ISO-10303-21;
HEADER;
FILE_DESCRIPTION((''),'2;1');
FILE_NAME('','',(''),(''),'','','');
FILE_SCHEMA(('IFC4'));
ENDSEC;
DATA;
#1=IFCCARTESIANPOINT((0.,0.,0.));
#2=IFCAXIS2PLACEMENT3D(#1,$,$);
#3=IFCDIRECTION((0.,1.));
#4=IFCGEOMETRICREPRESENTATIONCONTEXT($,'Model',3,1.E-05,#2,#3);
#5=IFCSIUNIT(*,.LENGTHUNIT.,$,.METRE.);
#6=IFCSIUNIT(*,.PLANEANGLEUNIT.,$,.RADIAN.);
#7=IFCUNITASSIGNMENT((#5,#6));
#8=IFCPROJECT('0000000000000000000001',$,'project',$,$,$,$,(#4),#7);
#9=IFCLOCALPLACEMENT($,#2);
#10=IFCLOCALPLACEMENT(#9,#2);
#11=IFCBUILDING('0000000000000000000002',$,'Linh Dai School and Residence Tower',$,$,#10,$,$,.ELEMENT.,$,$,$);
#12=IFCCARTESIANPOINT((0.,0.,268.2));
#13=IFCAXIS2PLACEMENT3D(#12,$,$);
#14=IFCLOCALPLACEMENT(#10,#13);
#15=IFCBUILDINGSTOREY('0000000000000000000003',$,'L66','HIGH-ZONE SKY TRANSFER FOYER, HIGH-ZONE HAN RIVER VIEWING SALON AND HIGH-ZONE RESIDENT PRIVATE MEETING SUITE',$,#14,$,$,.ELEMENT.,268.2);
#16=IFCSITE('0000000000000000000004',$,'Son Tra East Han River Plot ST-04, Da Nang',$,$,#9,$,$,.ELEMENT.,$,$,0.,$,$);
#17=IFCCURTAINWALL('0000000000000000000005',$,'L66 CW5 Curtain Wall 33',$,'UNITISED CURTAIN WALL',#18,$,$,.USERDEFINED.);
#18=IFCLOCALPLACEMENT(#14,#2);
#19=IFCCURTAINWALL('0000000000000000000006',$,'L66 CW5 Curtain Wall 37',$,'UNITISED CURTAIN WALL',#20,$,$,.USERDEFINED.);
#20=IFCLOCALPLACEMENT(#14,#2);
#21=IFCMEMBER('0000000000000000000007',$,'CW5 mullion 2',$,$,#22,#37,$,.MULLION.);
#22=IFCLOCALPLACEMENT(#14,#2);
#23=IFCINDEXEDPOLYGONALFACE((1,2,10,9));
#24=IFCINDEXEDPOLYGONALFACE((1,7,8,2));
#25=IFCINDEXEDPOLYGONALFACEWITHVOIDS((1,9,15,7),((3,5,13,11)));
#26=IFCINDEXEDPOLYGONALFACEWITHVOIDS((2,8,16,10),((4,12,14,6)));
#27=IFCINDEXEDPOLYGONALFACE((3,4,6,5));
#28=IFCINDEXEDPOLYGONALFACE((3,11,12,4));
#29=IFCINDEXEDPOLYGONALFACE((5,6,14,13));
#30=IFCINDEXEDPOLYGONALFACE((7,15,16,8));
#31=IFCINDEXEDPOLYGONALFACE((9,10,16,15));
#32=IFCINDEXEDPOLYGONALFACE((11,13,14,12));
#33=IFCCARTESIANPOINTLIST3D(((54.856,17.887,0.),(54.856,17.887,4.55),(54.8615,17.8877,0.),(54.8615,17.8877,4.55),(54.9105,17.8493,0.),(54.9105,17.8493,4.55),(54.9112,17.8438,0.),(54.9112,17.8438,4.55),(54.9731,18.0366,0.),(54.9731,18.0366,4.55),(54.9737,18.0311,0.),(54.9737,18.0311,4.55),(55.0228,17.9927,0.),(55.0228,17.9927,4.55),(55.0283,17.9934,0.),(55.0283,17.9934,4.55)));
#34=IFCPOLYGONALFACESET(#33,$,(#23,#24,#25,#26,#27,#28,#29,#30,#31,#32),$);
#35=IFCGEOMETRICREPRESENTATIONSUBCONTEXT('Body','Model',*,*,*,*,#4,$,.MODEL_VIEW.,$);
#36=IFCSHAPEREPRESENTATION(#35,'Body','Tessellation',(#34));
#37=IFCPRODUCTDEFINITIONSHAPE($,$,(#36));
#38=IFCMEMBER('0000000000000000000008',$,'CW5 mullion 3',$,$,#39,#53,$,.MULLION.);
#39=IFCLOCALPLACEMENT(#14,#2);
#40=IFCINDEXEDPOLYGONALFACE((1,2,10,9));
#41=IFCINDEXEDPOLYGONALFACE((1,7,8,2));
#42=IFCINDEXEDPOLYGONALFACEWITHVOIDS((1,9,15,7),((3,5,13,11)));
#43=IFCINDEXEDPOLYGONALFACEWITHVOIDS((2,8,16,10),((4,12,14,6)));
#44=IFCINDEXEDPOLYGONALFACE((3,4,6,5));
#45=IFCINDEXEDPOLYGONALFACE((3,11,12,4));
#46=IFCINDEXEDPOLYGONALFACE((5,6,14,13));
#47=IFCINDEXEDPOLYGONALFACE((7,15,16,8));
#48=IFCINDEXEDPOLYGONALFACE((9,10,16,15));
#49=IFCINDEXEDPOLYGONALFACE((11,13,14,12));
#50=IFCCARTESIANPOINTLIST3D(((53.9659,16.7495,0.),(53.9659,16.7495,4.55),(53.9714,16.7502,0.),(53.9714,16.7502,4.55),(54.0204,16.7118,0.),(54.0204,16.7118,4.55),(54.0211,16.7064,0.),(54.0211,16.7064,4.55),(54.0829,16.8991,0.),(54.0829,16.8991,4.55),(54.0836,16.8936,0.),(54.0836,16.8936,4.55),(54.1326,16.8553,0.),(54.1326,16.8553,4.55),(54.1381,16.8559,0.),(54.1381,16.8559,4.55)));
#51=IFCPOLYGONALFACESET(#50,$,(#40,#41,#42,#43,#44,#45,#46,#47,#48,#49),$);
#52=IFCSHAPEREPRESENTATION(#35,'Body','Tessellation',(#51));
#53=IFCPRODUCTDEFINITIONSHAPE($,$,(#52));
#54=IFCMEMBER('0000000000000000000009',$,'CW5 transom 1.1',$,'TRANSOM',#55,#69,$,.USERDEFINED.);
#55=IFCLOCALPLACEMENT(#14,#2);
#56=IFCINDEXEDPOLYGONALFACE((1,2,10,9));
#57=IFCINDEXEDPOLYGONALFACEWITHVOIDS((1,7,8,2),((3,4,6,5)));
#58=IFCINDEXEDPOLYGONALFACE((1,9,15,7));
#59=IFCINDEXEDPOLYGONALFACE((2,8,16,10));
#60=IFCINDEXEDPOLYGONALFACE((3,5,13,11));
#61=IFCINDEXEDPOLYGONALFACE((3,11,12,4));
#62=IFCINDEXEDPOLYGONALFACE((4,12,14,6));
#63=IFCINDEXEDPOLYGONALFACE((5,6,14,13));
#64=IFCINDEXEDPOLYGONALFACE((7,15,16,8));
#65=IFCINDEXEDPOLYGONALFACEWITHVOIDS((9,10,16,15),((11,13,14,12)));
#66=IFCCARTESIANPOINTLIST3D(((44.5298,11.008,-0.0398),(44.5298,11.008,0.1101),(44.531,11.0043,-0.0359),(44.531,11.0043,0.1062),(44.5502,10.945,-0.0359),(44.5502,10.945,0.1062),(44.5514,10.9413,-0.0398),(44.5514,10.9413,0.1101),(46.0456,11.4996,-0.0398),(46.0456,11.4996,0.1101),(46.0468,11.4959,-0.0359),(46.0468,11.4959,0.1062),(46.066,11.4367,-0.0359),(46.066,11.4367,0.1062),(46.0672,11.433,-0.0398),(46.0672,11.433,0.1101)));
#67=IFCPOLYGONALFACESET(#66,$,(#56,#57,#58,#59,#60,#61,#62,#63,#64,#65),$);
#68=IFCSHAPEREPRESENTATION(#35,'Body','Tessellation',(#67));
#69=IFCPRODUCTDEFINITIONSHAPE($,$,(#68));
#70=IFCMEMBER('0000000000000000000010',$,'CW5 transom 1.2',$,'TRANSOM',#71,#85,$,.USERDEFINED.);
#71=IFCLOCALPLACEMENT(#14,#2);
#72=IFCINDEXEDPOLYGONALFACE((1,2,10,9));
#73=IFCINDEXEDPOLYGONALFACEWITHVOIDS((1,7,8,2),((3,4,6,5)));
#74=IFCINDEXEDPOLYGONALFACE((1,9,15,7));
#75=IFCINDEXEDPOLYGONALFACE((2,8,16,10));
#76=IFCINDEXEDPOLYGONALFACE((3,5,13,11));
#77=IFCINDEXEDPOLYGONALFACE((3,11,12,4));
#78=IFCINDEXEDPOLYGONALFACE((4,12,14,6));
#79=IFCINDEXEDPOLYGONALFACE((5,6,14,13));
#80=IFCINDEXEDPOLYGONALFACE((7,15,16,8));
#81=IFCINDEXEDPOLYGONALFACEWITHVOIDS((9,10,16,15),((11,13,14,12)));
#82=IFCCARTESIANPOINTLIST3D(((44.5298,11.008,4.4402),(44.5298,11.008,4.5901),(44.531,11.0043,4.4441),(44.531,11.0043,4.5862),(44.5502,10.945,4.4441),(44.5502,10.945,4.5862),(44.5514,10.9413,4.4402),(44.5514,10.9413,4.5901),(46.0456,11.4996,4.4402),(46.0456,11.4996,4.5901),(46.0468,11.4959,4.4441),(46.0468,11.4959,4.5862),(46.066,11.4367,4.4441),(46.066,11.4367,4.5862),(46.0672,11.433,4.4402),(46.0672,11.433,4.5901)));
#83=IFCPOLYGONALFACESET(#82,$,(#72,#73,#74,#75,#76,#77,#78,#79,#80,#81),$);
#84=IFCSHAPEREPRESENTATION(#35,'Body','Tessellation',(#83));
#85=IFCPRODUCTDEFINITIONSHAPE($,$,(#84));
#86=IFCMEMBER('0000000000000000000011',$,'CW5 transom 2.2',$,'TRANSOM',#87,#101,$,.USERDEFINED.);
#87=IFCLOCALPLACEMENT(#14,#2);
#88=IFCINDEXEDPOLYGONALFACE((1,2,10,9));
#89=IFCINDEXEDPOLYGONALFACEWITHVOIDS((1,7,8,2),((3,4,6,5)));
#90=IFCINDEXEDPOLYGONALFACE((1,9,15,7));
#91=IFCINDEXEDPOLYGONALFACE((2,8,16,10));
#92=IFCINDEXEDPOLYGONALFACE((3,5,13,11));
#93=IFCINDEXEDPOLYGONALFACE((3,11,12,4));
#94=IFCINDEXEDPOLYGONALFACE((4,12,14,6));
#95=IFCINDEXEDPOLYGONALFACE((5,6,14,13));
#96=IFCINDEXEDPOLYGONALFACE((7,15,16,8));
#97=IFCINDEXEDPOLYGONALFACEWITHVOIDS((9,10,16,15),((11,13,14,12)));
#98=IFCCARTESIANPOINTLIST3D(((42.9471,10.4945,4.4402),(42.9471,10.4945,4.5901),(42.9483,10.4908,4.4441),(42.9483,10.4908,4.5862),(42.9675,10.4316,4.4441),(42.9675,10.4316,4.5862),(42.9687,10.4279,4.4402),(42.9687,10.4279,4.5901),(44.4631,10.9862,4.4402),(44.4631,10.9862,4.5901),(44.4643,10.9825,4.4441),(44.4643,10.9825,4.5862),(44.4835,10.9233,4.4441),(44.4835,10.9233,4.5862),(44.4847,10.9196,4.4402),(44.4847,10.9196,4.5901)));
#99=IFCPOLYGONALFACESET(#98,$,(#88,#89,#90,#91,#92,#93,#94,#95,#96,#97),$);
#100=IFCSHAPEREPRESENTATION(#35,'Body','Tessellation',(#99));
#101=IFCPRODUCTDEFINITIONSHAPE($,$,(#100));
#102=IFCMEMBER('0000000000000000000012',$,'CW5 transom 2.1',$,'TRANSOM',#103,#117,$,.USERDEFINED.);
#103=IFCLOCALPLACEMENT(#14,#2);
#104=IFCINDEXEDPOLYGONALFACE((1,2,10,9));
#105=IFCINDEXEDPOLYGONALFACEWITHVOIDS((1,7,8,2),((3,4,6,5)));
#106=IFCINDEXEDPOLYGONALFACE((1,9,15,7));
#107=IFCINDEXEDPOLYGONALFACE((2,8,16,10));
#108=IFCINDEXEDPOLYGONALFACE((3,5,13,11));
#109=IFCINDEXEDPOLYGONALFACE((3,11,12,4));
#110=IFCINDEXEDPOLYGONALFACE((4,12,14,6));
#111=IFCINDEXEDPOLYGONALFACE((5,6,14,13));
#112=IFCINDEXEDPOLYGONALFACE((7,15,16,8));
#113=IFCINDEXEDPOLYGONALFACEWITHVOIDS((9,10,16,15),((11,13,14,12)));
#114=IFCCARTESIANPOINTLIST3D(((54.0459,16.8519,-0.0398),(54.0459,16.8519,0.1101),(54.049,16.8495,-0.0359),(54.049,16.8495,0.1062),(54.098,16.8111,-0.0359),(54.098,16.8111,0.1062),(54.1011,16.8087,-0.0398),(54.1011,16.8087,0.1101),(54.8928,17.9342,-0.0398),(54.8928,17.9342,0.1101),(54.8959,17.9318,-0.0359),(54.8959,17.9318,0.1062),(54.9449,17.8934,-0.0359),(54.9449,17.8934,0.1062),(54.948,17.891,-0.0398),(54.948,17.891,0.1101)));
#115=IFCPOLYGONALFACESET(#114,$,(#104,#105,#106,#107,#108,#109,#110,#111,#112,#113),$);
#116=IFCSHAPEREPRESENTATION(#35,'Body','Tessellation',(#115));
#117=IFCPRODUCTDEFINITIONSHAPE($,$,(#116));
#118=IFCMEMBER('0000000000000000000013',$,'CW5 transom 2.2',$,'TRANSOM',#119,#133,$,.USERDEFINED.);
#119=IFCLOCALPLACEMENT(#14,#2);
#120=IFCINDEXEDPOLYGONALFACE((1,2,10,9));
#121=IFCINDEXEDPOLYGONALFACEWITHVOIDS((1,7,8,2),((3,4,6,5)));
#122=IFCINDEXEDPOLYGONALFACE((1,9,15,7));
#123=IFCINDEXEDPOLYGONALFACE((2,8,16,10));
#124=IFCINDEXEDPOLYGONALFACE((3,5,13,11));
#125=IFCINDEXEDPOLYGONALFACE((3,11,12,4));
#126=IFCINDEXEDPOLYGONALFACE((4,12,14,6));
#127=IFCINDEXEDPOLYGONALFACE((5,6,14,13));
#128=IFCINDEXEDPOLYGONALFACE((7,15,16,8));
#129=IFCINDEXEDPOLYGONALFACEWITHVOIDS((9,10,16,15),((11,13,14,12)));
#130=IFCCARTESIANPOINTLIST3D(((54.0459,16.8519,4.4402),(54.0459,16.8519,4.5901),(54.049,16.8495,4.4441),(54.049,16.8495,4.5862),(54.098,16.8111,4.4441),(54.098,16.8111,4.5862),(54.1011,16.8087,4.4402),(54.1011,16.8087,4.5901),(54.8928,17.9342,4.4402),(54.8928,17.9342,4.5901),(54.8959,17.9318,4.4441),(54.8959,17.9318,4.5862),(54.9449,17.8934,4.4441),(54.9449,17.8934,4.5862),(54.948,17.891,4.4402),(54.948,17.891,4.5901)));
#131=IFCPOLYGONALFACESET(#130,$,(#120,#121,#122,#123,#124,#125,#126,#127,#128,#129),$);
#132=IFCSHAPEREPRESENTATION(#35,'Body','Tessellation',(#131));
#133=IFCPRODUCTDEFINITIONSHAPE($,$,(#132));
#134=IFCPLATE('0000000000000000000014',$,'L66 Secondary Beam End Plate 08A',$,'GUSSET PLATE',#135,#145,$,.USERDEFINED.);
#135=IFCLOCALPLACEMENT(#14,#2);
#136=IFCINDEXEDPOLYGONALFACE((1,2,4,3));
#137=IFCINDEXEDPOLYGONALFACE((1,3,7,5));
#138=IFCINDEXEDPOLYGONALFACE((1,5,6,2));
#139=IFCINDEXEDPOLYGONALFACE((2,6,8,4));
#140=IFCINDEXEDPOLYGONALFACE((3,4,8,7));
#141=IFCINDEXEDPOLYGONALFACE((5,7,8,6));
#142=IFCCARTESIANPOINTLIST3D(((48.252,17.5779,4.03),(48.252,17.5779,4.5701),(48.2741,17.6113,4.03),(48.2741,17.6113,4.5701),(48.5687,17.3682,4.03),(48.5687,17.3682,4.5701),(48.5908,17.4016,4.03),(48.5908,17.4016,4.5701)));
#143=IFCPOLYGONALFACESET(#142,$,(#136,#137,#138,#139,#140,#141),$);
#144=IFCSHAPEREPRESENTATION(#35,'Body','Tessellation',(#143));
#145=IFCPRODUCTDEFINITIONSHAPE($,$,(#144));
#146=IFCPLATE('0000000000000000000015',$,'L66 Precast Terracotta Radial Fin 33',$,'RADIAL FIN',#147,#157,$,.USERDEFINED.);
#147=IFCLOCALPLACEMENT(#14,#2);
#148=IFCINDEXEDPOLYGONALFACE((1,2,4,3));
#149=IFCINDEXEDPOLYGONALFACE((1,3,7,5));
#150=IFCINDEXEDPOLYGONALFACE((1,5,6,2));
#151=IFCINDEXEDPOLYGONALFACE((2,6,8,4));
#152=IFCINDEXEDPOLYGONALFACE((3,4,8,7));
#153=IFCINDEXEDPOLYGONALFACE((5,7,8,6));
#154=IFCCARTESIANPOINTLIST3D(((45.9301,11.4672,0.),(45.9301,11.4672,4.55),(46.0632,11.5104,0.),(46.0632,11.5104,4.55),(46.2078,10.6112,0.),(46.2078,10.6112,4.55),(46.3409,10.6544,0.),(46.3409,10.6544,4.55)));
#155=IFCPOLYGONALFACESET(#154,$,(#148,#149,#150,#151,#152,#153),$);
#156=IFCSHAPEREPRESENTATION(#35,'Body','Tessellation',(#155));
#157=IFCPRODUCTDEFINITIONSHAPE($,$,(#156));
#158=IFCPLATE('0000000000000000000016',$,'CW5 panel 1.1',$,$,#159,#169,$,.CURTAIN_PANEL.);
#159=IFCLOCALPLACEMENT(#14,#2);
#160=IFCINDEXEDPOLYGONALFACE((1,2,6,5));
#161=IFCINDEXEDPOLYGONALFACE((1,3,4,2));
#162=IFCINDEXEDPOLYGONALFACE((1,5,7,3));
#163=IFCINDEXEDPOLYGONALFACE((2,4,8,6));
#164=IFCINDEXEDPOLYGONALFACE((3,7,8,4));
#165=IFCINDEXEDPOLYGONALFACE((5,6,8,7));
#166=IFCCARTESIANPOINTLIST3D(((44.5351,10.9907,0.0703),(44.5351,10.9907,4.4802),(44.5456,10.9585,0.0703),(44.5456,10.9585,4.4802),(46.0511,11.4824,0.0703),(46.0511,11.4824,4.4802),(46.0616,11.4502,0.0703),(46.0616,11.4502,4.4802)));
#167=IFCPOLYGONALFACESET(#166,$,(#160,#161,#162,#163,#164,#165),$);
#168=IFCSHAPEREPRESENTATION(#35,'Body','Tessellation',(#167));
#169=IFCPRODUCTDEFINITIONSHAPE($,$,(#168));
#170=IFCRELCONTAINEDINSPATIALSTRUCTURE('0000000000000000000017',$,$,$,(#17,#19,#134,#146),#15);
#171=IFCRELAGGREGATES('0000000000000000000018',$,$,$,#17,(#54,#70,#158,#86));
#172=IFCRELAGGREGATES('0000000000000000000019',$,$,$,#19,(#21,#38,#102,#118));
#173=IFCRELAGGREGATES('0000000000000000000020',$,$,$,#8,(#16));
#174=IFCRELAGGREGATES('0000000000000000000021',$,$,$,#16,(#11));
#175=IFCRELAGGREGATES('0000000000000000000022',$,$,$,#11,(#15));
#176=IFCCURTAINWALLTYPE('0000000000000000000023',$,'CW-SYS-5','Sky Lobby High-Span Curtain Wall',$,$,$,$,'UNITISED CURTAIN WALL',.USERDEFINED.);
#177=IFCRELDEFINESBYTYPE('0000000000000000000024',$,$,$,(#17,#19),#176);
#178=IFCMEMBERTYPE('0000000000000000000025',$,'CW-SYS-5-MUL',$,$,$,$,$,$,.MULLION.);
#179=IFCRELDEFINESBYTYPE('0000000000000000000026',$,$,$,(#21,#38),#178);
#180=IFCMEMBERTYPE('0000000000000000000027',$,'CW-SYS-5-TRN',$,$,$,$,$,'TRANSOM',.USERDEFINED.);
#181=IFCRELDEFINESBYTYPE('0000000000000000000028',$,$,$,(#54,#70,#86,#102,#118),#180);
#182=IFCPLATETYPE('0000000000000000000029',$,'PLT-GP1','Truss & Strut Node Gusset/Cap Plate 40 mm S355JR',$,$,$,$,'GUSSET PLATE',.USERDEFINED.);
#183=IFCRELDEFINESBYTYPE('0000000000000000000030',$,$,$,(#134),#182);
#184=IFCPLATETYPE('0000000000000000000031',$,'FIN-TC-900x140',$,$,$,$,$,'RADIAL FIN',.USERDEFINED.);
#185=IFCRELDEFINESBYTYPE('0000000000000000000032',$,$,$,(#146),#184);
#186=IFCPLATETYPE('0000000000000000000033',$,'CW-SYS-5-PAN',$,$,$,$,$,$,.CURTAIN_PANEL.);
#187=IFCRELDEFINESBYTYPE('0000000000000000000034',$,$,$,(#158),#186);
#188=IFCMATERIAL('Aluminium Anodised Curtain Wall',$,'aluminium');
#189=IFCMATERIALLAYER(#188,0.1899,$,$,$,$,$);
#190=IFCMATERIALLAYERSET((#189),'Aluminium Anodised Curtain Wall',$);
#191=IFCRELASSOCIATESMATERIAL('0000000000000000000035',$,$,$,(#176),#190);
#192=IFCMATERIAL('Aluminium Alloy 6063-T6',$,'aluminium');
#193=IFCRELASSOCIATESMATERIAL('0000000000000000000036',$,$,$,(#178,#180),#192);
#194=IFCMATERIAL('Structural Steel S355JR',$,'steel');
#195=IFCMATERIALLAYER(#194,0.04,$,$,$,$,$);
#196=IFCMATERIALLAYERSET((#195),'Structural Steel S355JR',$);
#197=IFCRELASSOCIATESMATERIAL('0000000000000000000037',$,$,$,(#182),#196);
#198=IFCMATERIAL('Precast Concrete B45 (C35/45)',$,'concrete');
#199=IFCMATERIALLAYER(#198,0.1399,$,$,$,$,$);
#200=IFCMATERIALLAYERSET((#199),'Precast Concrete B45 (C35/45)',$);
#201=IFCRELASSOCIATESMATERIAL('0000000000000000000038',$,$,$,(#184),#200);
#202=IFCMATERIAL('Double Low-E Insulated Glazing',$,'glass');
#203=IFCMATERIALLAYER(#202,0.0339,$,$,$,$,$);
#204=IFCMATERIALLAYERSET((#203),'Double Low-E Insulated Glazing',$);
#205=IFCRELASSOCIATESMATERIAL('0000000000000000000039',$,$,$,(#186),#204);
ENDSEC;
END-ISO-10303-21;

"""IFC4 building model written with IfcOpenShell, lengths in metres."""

from ifc_helpers import new_model, si_unit, direction, frame, origin, origin_2d, place, context, subcontext, project, spatial, rectangle, hollow_rectangle, extrude, source, transform, mapped, material, layer, layer_set, material_profile, profile_set, type_object, element, aggregate, save


model = new_model("IFC4")

# Units and contexts
model_context = context("Model", 3, precision=1e-05, world=origin(), true_north=direction((0.0, 1.0)))
body_context = subcontext(model_context, "Body", "Model", "MODEL_VIEW")
ifc_project = project(units=[si_unit("LENGTHUNIT", "METRE"), si_unit("PLANEANGLEUNIT", "RADIAN")], contexts=[model_context])

# Site, building, storey
site_placement = place(None, origin())
site = spatial("IfcSite", under=ifc_project, at=site_placement, Name="Son Tra East Han River Plot ST-04, Da Nang", CompositionType="ELEMENT", RefElevation=0.0)
building_placement = place(site_placement, origin())
building = spatial("IfcBuilding", under=site, at=building_placement, Name="Linh Dai School and Residence Tower", CompositionType="ELEMENT")
storey_placement = place(building_placement, frame((0.0, 0.0, 268.2)))
storey = spatial("IfcBuildingStorey", under=building, at=storey_placement, Name="L66", Description="HIGH-ZONE SKY TRANSFER FOYER, HIGH-ZONE HAN RIVER VIEWING SALON AND HIGH-ZONE RESIDENT PRIVATE MEETING SUITE", CompositionType="ELEMENT", Elevation=268.2)

# Shared definitions
ifc_material_1 = material(Name="Structural Steel S355JR", Category="steel")

# Curtain walls, members
ifc_material_2 = material(Name="Aluminium Anodised Curtain Wall", Category="aluminium")
ifc_layer_1 = layer(ifc_material_2, 0.1899)
ifc_layer_set_1 = layer_set([ifc_layer_1], Name="Aluminium Anodised Curtain Wall")
curtain_wall_type = type_object("IfcCurtainWallType", Name="CW-SYS-5", Description="Sky Lobby High-Span Curtain Wall", ElementType="UNITISED CURTAIN WALL", PredefinedType="USERDEFINED", material=ifc_layer_set_1)
curtain_wall_1_placement = place(storey_placement, origin())
curtain_wall_1 = element("IfcCurtainWall", 1, at=curtain_wall_1_placement, inside=storey, type_object=curtain_wall_type, Name="L66 CW5 Curtain Wall 33", ObjectType="UNITISED CURTAIN WALL", PredefinedType="USERDEFINED")
ifc_material_3 = material(Name="Aluminium Alloy 6063-T6", Category="aluminium")
ifc_material_profile_1 = material_profile(ifc_material_3, hollow_rectangle(XDim=0.0701, YDim=0.1899, WallThickness=0.0039, at=origin_2d()), Name="RHS 190x70x4")
ifc_profile_set_1 = profile_set([ifc_material_profile_1], Name="Aluminium Alloy 6063-T6")
member_type_1 = type_object("IfcMemberType", Name="CW-SYS-5-MUL", PredefinedType="MULLION", material=ifc_profile_set_1)
shared_shape_1 = source(origin(), body_context, "Body", "SweptSolid", [
    extrude(hollow_rectangle(XDim=0.0701, YDim=0.1899, WallThickness=0.0039, at=origin_2d()), origin(), (0.0, 0.0, 1.0), 4.55),
])
curtain_wall_2_placement = place(storey_placement, origin())
curtain_wall_2 = element("IfcCurtainWall", 2, at=curtain_wall_2_placement, inside=storey, type_object=curtain_wall_type, Name="L66 CW5 Curtain Wall 37", ObjectType="UNITISED CURTAIN WALL", PredefinedType="USERDEFINED")
member_1_placement = place(storey_placement, frame((54.9421, 17.9402, 0.0), z_axis=(0.0, 0.0, 1.0), x_axis=(0.787503, -0.616311, 0.0)))
member_1 = element("IfcMember", 3, at=member_1_placement, type_object=member_type_1, Name="CW5 mullion 2", PredefinedType="MULLION", context=body_context, shape_type="MappedRepresentation", body=[
    mapped(shared_shape_1, transform((0.0, 0.0, 0.0), x_axis=(1.0, 0.0, 0.0), y_axis=(0.0, 1.0, 0.0), z_axis=(0.0, 0.0, 1.0), scale=1.0)),
])
member_2_placement = place(storey_placement, frame((54.052, 16.8027, 0.0), z_axis=(0.0, 0.0, 1.0), x_axis=(0.787503, -0.616311, 0.0)))
member_2 = element("IfcMember", 4, at=member_2_placement, type_object=member_type_1, Name="CW5 mullion 3", PredefinedType="MULLION", context=body_context, shape_type="MappedRepresentation", body=[
    mapped(shared_shape_1, transform((0.0, 0.0, 0.0), x_axis=(1.0, 0.0, 0.0), y_axis=(0.0, 1.0, 0.0), z_axis=(0.0, 0.0, 1.0), scale=1.0)),
])

# Members
ifc_material_profile_2 = material_profile(ifc_material_3, hollow_rectangle(XDim=0.0701, YDim=0.1499, WallThickness=0.0039, at=origin_2d()), Name="RHS 150x70x4")
ifc_profile_set_2 = profile_set([ifc_material_profile_2], Name="Aluminium Alloy 6063-T6")
member_type_2 = type_object("IfcMemberType", Name="CW-SYS-5-TRN", ElementType="TRANSOM", PredefinedType="USERDEFINED", material=ifc_profile_set_2)
shared_shape_2 = source(origin(), body_context, "Body", "SweptSolid", [
    extrude(hollow_rectangle(XDim=0.0701, YDim=0.1499, WallThickness=0.0039, at=origin_2d()), origin(), (0.0, 0.0, 1.0), 1.5935),
])
member_3_placement = place(storey_placement, frame((46.0564, 11.4663, 0.0352), z_axis=(-0.951211, -0.308542, 0.0), x_axis=(0.308542, -0.951211, 0.0)))
member_3 = element("IfcMember", 5, at=member_3_placement, type_object=member_type_2, Name="CW5 transom 1.1", ObjectType="TRANSOM", PredefinedType="USERDEFINED", context=body_context, shape_type="MappedRepresentation", body=[
    mapped(shared_shape_2, transform((0.0, 0.0, 0.0), x_axis=(1.0, 0.0, 0.0), y_axis=(0.0, 1.0, 0.0), z_axis=(0.0, 0.0, 1.0), scale=1.0)),
])
member_4_placement = place(storey_placement, frame((46.0564, 11.4663, 4.5151), z_axis=(-0.951211, -0.308542, 0.0), x_axis=(0.308542, -0.951211, 0.0)))
member_4 = element("IfcMember", 6, at=member_4_placement, type_object=member_type_2, Name="CW5 transom 1.2", ObjectType="TRANSOM", PredefinedType="USERDEFINED", context=body_context, shape_type="MappedRepresentation", body=[
    mapped(shared_shape_2, transform((0.0, 0.0, 0.0), x_axis=(1.0, 0.0, 0.0), y_axis=(0.0, 1.0, 0.0), z_axis=(0.0, 0.0, 1.0), scale=1.0)),
])
shared_shape_3 = source(origin(), body_context, "Body", "SweptSolid", [
    extrude(hollow_rectangle(XDim=0.0701, YDim=0.1499, WallThickness=0.0039, at=origin_2d()), origin(), (0.0, 0.0, 1.0), 1.5938),
])
member_5_placement = place(storey_placement, frame((44.4739, 10.9529, 4.5151), z_axis=(-0.951225, -0.308497, 0.0), x_axis=(0.308497, -0.951225, 0.0)))
member_5 = element("IfcMember", 7, at=member_5_placement, type_object=member_type_2, Name="CW5 transom 2.2", ObjectType="TRANSOM", PredefinedType="USERDEFINED", context=body_context, shape_type="MappedRepresentation", body=[
    mapped(shared_shape_3, transform((0.0, 0.0, 0.0), x_axis=(1.0, 0.0, 0.0), y_axis=(0.0, 1.0, 0.0), z_axis=(0.0, 0.0, 1.0), scale=1.0)),
])
shared_shape_4 = source(origin(), body_context, "Body", "SweptSolid", [
    extrude(hollow_rectangle(XDim=0.0701, YDim=0.1499, WallThickness=0.0039, at=origin_2d()), origin(), (0.0, 0.0, 1.0), 1.3743),
])
member_6_placement = place(storey_placement, frame((54.9204, 17.9126, 0.0352), z_axis=(-0.616275, -0.787531, 0.0), x_axis=(0.787531, -0.616275, 0.0)))
member_6 = element("IfcMember", 8, at=member_6_placement, type_object=member_type_2, Name="CW5 transom 2.1", ObjectType="TRANSOM", PredefinedType="USERDEFINED", context=body_context, shape_type="MappedRepresentation", body=[
    mapped(shared_shape_4, transform((0.0, 0.0, 0.0), x_axis=(1.0, 0.0, 0.0), y_axis=(0.0, 1.0, 0.0), z_axis=(0.0, 0.0, 1.0), scale=1.0)),
])
member_7_placement = place(storey_placement, frame((54.9204, 17.9126, 4.5151), z_axis=(-0.616275, -0.787531, 0.0), x_axis=(0.787531, -0.616275, 0.0)))
member_7 = element("IfcMember", 9, at=member_7_placement, type_object=member_type_2, Name="CW5 transom 2.2", ObjectType="TRANSOM", PredefinedType="USERDEFINED", context=body_context, shape_type="MappedRepresentation", body=[
    mapped(shared_shape_4, transform((0.0, 0.0, 0.0), x_axis=(1.0, 0.0, 0.0), y_axis=(0.0, 1.0, 0.0), z_axis=(0.0, 0.0, 1.0), scale=1.0)),
])

# Plates
ifc_layer_2 = layer(ifc_material_1, 0.04)
ifc_layer_set_2 = layer_set([ifc_layer_2], Name="Structural Steel S355JR")
plate_type_1 = type_object("IfcPlateType", Name="PLT-GP1", Description="Truss & Strut Node Gusset/Cap Plate 40 mm S355JR", ElementType="GUSSET PLATE", PredefinedType="USERDEFINED", material=ifc_layer_set_2)
shared_shape_5 = source(origin(), body_context, "Body", "SweptSolid", [
    extrude(rectangle(XDim=0.04, YDim=0.3799, at=origin_2d()), origin(), (0.0, 0.0, 1.0), 0.54),
])
plate_1_placement = place(storey_placement, frame((48.4214, 17.4897, 4.03), z_axis=(0.0, 0.0, 1.0), x_axis=(0.552122, 0.833763, 0.0)))
element("IfcPlate", 10, at=plate_1_placement, inside=storey, type_object=plate_type_1, Name="L66 Secondary Beam End Plate 08A", ObjectType="GUSSET PLATE", PredefinedType="USERDEFINED", context=body_context, shape_type="MappedRepresentation", body=[
    mapped(shared_shape_5, transform((0.0, 0.0, 0.0), x_axis=(1.0, 0.0, 0.0), y_axis=(0.0, 1.0, 0.0), z_axis=(0.0, 0.0, 1.0), scale=1.0)),
])
ifc_material_4 = material(Name="Precast Concrete B45 (C35/45)", Category="concrete")
ifc_layer_3 = layer(ifc_material_4, 0.1399)
ifc_layer_set_3 = layer_set([ifc_layer_3], Name="Precast Concrete B45 (C35/45)")
plate_type_2 = type_object("IfcPlateType", Name="FIN-TC-900x140", ElementType="RADIAL FIN", PredefinedType="USERDEFINED", material=ifc_layer_set_3)
shared_shape_6 = source(origin(), body_context, "Body", "SweptSolid", [
    extrude(rectangle(XDim=0.8999, YDim=0.1399, at=origin_2d()), origin(), (0.0, 0.0, 1.0), 4.55),
])
plate_2_placement = place(storey_placement, frame((46.1355, 11.0608, 0.0), z_axis=(0.0, 0.0, 1.0), x_axis=(0.308519, -0.951218, 0.0)))
element("IfcPlate", 11, at=plate_2_placement, inside=storey, type_object=plate_type_2, Name="L66 Precast Terracotta Radial Fin 33", ObjectType="RADIAL FIN", PredefinedType="USERDEFINED", context=body_context, shape_type="MappedRepresentation", body=[
    mapped(shared_shape_6, transform((0.0, 0.0, 0.0), x_axis=(1.0, 0.0, 0.0), y_axis=(0.0, 1.0, 0.0), z_axis=(0.0, 0.0, 1.0), scale=1.0)),
])

# Plate
ifc_material_5 = material(Name="Double Low-E Insulated Glazing", Category="glass")
ifc_layer_4 = layer(ifc_material_5, 0.0339)
ifc_layer_set_4 = layer_set([ifc_layer_4], Name="Double Low-E Insulated Glazing")
plate_type_3 = type_object("IfcPlateType", Name="CW-SYS-5-PAN", PredefinedType="CURTAIN_PANEL", material=ifc_layer_set_4)
shared_shape_7 = source(origin(), body_context, "Body", "SweptSolid", [
    extrude(rectangle(XDim=1.5938, YDim=0.0339, at=origin_2d()), origin(), (0.0, 0.0, 1.0), 4.4099),
])
plate_3_placement = place(storey_placement, frame((45.2983, 11.2205, 0.0703), z_axis=(0.0, 0.0, 1.0), x_axis=(-0.951218, -0.308519, 0.0)))
plate_3 = element("IfcPlate", 12, at=plate_3_placement, type_object=plate_type_3, Name="CW5 panel 1.1", PredefinedType="CURTAIN_PANEL", context=body_context, shape_type="MappedRepresentation", body=[
    mapped(shared_shape_7, transform((0.0, 0.0, 0.0), x_axis=(1.0, 0.0, 0.0), y_axis=(0.0, 1.0, 0.0), z_axis=(0.0, 0.0, 1.0), scale=1.0)),
])
aggregate(curtain_wall_1, [member_3, member_4, plate_3, member_5])
aggregate(curtain_wall_2, [member_1, member_2, member_6, member_7])

save(model, "model.ifc")
